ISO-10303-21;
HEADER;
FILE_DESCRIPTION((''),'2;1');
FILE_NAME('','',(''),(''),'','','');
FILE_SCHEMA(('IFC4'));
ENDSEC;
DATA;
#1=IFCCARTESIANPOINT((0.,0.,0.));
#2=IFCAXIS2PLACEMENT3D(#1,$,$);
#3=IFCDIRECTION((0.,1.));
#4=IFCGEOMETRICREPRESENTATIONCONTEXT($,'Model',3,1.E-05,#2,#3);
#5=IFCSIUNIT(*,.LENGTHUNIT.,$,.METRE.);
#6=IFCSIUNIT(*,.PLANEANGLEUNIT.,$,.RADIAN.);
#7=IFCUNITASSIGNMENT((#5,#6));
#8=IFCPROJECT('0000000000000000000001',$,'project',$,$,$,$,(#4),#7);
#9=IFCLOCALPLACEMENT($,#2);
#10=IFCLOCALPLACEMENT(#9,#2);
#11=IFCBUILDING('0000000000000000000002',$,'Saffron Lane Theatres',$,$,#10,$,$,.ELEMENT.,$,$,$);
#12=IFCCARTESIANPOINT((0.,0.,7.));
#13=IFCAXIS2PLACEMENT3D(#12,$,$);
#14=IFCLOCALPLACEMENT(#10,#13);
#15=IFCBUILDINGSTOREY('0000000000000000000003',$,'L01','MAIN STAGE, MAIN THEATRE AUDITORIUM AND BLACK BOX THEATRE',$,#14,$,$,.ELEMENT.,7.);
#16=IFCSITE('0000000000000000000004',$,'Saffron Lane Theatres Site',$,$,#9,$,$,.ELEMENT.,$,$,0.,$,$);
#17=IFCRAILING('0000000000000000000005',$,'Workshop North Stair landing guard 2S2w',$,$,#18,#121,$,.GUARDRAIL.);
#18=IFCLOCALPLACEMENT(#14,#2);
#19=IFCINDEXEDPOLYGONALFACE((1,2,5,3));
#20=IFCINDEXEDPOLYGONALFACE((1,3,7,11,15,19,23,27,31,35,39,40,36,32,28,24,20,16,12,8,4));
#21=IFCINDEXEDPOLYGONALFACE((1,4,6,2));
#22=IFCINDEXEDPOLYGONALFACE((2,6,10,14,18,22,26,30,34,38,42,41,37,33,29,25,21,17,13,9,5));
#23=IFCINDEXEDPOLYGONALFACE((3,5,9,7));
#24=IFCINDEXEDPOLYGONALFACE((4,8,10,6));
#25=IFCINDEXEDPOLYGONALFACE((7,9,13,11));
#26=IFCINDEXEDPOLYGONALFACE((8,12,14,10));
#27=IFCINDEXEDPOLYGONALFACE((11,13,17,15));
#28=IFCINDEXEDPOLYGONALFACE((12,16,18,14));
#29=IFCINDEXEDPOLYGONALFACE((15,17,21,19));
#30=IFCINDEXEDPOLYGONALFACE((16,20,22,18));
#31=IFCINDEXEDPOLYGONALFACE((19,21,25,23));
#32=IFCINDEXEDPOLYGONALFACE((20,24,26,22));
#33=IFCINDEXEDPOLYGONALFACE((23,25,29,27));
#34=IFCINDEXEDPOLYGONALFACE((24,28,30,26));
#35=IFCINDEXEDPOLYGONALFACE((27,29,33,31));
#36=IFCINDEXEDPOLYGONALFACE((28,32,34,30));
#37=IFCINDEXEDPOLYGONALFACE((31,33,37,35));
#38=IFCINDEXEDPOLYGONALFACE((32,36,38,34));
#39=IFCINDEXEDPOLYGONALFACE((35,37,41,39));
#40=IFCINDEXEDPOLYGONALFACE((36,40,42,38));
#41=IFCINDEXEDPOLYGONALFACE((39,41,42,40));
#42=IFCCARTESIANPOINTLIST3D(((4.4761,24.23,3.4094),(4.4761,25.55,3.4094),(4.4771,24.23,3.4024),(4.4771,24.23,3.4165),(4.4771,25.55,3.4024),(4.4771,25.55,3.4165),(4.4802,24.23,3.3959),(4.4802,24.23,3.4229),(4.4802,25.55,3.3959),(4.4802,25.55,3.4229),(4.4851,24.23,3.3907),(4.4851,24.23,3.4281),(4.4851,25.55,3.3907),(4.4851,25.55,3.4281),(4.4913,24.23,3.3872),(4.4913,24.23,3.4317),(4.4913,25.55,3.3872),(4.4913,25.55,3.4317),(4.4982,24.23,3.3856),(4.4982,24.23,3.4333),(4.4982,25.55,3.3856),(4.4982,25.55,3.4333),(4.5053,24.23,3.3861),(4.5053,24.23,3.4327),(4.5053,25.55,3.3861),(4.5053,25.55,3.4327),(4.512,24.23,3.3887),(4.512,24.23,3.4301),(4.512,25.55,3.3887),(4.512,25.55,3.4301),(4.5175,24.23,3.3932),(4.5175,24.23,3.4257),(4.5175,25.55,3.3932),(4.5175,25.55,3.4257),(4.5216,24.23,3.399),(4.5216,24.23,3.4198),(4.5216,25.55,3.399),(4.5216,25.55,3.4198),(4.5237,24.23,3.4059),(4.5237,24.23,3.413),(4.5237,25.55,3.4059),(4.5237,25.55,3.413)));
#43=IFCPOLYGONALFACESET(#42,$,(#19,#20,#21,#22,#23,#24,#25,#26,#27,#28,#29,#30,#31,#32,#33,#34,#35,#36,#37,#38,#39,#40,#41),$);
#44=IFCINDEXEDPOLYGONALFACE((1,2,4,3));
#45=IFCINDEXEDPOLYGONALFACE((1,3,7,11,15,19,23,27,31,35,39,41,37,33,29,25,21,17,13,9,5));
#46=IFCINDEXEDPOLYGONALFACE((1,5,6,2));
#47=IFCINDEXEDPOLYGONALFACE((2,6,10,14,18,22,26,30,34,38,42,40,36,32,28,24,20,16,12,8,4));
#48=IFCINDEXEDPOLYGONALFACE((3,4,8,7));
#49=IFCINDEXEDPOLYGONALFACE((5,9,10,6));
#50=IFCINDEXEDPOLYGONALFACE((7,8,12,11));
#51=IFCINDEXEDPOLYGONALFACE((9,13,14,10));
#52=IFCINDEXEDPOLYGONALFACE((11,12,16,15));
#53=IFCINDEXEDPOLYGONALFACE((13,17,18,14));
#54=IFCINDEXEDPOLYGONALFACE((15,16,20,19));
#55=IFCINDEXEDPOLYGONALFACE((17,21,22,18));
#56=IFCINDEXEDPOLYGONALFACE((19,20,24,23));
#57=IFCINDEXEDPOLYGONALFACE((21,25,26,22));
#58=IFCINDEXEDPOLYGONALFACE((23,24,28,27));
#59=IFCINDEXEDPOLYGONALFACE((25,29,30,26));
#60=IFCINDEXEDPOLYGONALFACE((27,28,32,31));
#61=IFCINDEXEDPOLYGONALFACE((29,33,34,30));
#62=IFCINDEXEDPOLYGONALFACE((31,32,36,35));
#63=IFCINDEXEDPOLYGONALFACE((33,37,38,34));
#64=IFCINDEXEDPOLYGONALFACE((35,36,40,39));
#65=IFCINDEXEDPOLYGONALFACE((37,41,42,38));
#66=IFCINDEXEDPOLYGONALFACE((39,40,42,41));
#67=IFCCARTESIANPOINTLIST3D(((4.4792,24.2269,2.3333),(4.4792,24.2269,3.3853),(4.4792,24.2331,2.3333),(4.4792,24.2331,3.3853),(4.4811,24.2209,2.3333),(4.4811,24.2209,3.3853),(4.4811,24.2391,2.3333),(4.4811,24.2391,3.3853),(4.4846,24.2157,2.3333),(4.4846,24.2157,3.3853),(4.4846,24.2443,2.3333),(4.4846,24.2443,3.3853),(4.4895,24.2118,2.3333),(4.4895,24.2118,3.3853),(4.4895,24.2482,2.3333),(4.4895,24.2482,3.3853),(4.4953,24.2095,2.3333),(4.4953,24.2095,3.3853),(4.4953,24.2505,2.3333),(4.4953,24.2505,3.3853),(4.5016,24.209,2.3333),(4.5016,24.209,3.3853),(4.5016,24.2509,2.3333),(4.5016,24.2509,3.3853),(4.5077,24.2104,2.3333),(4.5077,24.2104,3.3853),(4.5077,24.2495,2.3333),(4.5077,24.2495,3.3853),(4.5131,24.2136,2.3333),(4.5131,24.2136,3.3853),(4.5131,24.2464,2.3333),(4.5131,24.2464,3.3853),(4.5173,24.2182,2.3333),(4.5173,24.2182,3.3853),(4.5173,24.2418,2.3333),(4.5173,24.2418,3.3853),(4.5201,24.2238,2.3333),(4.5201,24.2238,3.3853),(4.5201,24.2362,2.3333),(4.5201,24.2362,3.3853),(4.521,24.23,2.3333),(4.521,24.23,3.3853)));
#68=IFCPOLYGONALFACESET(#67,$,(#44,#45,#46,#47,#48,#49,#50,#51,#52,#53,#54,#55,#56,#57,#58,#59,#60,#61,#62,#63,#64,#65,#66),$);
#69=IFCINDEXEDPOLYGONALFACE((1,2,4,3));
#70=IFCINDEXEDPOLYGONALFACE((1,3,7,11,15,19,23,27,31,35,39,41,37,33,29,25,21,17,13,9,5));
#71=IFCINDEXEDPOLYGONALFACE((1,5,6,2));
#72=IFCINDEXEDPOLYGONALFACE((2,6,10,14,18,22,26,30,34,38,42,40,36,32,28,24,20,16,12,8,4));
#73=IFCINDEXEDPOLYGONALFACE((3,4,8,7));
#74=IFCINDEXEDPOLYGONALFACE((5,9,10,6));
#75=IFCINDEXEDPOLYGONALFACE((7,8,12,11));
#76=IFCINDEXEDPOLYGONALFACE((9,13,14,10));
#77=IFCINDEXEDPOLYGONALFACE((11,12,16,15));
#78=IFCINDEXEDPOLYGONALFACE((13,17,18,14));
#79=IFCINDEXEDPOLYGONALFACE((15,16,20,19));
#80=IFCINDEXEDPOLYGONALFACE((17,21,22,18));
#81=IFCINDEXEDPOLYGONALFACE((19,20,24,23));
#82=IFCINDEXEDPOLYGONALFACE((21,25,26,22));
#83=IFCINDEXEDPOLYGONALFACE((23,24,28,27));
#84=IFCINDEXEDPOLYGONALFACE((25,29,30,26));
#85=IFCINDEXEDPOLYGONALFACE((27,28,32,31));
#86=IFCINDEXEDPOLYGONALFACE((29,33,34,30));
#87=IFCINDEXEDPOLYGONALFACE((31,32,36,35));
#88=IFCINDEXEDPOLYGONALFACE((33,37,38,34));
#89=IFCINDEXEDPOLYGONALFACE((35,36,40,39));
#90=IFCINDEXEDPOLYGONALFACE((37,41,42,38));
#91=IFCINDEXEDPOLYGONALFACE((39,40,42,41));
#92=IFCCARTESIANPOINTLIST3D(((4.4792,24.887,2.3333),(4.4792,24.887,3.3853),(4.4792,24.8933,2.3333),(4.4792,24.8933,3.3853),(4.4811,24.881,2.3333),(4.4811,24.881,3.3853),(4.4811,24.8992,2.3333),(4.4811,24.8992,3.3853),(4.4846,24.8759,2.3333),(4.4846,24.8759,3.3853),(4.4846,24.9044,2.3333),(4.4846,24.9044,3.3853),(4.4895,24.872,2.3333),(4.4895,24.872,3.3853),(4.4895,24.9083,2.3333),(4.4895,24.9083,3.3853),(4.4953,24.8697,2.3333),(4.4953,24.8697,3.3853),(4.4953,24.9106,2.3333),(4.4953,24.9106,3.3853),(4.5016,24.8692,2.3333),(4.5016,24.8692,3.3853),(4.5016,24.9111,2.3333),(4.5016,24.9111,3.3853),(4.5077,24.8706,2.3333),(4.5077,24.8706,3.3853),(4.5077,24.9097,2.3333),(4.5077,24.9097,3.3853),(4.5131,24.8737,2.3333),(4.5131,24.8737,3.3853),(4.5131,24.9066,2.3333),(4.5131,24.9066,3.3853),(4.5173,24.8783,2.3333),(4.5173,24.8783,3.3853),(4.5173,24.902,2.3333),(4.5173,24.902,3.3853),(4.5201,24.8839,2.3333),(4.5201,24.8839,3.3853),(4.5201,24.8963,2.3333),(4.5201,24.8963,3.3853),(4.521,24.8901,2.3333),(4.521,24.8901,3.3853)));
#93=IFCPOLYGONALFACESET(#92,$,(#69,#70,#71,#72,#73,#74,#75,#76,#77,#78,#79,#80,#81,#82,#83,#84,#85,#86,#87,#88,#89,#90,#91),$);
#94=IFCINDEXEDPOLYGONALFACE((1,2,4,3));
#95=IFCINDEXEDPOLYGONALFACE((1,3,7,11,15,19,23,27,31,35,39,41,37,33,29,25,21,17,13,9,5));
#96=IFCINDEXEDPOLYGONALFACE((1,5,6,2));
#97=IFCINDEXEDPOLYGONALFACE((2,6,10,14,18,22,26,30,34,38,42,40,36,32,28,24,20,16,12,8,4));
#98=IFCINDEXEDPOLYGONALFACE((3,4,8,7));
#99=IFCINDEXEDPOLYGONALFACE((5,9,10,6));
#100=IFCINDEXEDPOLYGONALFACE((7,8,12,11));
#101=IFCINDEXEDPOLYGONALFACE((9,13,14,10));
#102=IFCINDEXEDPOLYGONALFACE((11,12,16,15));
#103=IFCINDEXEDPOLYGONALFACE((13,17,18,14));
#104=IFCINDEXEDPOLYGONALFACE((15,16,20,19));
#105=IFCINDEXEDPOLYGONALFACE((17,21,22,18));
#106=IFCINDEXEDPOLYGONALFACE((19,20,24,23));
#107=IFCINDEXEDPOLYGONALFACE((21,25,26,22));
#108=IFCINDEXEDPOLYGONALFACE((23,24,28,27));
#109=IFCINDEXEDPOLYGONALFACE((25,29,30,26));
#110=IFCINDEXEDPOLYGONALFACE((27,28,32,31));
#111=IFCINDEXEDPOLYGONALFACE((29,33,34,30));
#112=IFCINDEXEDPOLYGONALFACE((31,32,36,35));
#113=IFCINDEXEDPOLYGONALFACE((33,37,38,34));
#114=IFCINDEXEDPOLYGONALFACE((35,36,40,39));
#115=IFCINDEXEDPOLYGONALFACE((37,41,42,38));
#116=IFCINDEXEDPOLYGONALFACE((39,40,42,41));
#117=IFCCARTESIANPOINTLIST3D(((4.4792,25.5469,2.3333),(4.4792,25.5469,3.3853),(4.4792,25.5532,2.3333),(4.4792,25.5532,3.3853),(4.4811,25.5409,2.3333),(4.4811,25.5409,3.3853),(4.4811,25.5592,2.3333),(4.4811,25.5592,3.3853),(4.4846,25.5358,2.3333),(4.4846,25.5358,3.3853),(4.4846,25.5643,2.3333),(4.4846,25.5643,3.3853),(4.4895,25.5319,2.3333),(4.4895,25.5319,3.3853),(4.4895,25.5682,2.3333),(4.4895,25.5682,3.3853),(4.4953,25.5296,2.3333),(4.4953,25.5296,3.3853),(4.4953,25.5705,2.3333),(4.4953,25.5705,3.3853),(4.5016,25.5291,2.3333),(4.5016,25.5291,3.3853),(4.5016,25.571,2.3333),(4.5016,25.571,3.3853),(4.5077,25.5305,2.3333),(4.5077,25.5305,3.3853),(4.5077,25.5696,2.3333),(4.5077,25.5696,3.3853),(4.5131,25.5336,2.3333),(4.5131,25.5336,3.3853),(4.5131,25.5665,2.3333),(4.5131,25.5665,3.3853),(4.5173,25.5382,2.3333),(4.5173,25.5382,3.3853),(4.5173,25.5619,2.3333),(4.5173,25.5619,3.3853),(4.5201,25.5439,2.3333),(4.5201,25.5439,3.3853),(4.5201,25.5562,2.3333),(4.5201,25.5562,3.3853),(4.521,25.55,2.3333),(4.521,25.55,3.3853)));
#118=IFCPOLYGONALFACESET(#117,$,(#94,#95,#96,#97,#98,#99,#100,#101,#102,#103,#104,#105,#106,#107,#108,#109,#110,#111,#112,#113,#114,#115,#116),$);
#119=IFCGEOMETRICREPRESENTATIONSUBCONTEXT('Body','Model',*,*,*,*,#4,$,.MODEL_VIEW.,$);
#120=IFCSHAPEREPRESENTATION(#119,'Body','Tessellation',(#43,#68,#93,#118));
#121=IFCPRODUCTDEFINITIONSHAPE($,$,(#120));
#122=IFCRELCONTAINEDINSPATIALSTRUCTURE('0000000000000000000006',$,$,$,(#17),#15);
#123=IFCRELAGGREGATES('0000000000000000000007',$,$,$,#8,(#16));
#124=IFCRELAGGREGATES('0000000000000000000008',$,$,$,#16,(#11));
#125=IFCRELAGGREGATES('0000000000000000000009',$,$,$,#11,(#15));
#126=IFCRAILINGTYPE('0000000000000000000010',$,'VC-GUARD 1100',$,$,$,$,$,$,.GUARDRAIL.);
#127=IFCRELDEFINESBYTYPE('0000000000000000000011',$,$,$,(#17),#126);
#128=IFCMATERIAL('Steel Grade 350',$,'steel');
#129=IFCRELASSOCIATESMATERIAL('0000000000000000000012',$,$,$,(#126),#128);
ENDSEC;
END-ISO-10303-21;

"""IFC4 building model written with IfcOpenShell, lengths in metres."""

from ifc_helpers import new_model, si_unit, direction, frame, origin, origin_2d, place, context, subcontext, project, spatial, circle, extrude, material, type_object, element, save


model = new_model("IFC4")

# Units and contexts
model_context = context("Model", 3, precision=1e-05, world=origin(), true_north=direction((0.0, 1.0)))
body_context = subcontext(model_context, "Body", "Model", "MODEL_VIEW")
ifc_project = project(units=[si_unit("LENGTHUNIT", "METRE"), si_unit("PLANEANGLEUNIT", "RADIAN")], contexts=[model_context])

# Site, building, storey
site_placement = place(None, origin())
site = spatial("IfcSite", under=ifc_project, at=site_placement, Name="Saffron Lane Theatres Site", CompositionType="ELEMENT", RefElevation=0.0)
building_placement = place(site_placement, origin())
building = spatial("IfcBuilding", under=site, at=building_placement, Name="Saffron Lane Theatres", CompositionType="ELEMENT")
storey_placement = place(building_placement, frame((0.0, 0.0, 7.0)))
storey = spatial("IfcBuildingStorey", under=building, at=storey_placement, Name="L01", Description="MAIN STAGE, MAIN THEATRE AUDITORIUM AND BLACK BOX THEATRE", CompositionType="ELEMENT", Elevation=7.0)

# Railing
ifc_material_1 = material(Name="Steel Grade 350", Category="steel")
railing_type_1 = type_object("IfcRailingType", Name="VC-GUARD 1100", PredefinedType="GUARDRAIL", material=ifc_material_1)
railing_1_placement = place(storey_placement, frame((4.5, 24.23, 2.3333)))
element("IfcRailing", 1, at=railing_1_placement, inside=storey, type_object=railing_type_1, Name="Workshop North Stair landing guard 2S2w", PredefinedType="GUARDRAIL", context=body_context, shape_type="SweptSolid", body=[
    extrude(circle(Radius=0.0239, at=origin_2d()), frame((0.0, 0.0, 1.0762), z_axis=(0.0, 1.0, 0.0), x_axis=(-1.0, 0.0, 0.0)), (0.0, 0.0, 1.0), 1.3201),
    extrude(circle(Radius=0.021, at=origin_2d()), origin(), (0.0, 0.0, 1.0), 1.052),
    extrude(circle(Radius=0.021, at=origin_2d()), frame((0.0, 0.6602, 0.0)), (0.0, 0.0, 1.0), 1.052),
    extrude(circle(Radius=0.021, at=origin_2d()), frame((0.0, 1.3201, 0.0)), (0.0, 0.0, 1.0), 1.052),
])

save(model, "model.ifc")
